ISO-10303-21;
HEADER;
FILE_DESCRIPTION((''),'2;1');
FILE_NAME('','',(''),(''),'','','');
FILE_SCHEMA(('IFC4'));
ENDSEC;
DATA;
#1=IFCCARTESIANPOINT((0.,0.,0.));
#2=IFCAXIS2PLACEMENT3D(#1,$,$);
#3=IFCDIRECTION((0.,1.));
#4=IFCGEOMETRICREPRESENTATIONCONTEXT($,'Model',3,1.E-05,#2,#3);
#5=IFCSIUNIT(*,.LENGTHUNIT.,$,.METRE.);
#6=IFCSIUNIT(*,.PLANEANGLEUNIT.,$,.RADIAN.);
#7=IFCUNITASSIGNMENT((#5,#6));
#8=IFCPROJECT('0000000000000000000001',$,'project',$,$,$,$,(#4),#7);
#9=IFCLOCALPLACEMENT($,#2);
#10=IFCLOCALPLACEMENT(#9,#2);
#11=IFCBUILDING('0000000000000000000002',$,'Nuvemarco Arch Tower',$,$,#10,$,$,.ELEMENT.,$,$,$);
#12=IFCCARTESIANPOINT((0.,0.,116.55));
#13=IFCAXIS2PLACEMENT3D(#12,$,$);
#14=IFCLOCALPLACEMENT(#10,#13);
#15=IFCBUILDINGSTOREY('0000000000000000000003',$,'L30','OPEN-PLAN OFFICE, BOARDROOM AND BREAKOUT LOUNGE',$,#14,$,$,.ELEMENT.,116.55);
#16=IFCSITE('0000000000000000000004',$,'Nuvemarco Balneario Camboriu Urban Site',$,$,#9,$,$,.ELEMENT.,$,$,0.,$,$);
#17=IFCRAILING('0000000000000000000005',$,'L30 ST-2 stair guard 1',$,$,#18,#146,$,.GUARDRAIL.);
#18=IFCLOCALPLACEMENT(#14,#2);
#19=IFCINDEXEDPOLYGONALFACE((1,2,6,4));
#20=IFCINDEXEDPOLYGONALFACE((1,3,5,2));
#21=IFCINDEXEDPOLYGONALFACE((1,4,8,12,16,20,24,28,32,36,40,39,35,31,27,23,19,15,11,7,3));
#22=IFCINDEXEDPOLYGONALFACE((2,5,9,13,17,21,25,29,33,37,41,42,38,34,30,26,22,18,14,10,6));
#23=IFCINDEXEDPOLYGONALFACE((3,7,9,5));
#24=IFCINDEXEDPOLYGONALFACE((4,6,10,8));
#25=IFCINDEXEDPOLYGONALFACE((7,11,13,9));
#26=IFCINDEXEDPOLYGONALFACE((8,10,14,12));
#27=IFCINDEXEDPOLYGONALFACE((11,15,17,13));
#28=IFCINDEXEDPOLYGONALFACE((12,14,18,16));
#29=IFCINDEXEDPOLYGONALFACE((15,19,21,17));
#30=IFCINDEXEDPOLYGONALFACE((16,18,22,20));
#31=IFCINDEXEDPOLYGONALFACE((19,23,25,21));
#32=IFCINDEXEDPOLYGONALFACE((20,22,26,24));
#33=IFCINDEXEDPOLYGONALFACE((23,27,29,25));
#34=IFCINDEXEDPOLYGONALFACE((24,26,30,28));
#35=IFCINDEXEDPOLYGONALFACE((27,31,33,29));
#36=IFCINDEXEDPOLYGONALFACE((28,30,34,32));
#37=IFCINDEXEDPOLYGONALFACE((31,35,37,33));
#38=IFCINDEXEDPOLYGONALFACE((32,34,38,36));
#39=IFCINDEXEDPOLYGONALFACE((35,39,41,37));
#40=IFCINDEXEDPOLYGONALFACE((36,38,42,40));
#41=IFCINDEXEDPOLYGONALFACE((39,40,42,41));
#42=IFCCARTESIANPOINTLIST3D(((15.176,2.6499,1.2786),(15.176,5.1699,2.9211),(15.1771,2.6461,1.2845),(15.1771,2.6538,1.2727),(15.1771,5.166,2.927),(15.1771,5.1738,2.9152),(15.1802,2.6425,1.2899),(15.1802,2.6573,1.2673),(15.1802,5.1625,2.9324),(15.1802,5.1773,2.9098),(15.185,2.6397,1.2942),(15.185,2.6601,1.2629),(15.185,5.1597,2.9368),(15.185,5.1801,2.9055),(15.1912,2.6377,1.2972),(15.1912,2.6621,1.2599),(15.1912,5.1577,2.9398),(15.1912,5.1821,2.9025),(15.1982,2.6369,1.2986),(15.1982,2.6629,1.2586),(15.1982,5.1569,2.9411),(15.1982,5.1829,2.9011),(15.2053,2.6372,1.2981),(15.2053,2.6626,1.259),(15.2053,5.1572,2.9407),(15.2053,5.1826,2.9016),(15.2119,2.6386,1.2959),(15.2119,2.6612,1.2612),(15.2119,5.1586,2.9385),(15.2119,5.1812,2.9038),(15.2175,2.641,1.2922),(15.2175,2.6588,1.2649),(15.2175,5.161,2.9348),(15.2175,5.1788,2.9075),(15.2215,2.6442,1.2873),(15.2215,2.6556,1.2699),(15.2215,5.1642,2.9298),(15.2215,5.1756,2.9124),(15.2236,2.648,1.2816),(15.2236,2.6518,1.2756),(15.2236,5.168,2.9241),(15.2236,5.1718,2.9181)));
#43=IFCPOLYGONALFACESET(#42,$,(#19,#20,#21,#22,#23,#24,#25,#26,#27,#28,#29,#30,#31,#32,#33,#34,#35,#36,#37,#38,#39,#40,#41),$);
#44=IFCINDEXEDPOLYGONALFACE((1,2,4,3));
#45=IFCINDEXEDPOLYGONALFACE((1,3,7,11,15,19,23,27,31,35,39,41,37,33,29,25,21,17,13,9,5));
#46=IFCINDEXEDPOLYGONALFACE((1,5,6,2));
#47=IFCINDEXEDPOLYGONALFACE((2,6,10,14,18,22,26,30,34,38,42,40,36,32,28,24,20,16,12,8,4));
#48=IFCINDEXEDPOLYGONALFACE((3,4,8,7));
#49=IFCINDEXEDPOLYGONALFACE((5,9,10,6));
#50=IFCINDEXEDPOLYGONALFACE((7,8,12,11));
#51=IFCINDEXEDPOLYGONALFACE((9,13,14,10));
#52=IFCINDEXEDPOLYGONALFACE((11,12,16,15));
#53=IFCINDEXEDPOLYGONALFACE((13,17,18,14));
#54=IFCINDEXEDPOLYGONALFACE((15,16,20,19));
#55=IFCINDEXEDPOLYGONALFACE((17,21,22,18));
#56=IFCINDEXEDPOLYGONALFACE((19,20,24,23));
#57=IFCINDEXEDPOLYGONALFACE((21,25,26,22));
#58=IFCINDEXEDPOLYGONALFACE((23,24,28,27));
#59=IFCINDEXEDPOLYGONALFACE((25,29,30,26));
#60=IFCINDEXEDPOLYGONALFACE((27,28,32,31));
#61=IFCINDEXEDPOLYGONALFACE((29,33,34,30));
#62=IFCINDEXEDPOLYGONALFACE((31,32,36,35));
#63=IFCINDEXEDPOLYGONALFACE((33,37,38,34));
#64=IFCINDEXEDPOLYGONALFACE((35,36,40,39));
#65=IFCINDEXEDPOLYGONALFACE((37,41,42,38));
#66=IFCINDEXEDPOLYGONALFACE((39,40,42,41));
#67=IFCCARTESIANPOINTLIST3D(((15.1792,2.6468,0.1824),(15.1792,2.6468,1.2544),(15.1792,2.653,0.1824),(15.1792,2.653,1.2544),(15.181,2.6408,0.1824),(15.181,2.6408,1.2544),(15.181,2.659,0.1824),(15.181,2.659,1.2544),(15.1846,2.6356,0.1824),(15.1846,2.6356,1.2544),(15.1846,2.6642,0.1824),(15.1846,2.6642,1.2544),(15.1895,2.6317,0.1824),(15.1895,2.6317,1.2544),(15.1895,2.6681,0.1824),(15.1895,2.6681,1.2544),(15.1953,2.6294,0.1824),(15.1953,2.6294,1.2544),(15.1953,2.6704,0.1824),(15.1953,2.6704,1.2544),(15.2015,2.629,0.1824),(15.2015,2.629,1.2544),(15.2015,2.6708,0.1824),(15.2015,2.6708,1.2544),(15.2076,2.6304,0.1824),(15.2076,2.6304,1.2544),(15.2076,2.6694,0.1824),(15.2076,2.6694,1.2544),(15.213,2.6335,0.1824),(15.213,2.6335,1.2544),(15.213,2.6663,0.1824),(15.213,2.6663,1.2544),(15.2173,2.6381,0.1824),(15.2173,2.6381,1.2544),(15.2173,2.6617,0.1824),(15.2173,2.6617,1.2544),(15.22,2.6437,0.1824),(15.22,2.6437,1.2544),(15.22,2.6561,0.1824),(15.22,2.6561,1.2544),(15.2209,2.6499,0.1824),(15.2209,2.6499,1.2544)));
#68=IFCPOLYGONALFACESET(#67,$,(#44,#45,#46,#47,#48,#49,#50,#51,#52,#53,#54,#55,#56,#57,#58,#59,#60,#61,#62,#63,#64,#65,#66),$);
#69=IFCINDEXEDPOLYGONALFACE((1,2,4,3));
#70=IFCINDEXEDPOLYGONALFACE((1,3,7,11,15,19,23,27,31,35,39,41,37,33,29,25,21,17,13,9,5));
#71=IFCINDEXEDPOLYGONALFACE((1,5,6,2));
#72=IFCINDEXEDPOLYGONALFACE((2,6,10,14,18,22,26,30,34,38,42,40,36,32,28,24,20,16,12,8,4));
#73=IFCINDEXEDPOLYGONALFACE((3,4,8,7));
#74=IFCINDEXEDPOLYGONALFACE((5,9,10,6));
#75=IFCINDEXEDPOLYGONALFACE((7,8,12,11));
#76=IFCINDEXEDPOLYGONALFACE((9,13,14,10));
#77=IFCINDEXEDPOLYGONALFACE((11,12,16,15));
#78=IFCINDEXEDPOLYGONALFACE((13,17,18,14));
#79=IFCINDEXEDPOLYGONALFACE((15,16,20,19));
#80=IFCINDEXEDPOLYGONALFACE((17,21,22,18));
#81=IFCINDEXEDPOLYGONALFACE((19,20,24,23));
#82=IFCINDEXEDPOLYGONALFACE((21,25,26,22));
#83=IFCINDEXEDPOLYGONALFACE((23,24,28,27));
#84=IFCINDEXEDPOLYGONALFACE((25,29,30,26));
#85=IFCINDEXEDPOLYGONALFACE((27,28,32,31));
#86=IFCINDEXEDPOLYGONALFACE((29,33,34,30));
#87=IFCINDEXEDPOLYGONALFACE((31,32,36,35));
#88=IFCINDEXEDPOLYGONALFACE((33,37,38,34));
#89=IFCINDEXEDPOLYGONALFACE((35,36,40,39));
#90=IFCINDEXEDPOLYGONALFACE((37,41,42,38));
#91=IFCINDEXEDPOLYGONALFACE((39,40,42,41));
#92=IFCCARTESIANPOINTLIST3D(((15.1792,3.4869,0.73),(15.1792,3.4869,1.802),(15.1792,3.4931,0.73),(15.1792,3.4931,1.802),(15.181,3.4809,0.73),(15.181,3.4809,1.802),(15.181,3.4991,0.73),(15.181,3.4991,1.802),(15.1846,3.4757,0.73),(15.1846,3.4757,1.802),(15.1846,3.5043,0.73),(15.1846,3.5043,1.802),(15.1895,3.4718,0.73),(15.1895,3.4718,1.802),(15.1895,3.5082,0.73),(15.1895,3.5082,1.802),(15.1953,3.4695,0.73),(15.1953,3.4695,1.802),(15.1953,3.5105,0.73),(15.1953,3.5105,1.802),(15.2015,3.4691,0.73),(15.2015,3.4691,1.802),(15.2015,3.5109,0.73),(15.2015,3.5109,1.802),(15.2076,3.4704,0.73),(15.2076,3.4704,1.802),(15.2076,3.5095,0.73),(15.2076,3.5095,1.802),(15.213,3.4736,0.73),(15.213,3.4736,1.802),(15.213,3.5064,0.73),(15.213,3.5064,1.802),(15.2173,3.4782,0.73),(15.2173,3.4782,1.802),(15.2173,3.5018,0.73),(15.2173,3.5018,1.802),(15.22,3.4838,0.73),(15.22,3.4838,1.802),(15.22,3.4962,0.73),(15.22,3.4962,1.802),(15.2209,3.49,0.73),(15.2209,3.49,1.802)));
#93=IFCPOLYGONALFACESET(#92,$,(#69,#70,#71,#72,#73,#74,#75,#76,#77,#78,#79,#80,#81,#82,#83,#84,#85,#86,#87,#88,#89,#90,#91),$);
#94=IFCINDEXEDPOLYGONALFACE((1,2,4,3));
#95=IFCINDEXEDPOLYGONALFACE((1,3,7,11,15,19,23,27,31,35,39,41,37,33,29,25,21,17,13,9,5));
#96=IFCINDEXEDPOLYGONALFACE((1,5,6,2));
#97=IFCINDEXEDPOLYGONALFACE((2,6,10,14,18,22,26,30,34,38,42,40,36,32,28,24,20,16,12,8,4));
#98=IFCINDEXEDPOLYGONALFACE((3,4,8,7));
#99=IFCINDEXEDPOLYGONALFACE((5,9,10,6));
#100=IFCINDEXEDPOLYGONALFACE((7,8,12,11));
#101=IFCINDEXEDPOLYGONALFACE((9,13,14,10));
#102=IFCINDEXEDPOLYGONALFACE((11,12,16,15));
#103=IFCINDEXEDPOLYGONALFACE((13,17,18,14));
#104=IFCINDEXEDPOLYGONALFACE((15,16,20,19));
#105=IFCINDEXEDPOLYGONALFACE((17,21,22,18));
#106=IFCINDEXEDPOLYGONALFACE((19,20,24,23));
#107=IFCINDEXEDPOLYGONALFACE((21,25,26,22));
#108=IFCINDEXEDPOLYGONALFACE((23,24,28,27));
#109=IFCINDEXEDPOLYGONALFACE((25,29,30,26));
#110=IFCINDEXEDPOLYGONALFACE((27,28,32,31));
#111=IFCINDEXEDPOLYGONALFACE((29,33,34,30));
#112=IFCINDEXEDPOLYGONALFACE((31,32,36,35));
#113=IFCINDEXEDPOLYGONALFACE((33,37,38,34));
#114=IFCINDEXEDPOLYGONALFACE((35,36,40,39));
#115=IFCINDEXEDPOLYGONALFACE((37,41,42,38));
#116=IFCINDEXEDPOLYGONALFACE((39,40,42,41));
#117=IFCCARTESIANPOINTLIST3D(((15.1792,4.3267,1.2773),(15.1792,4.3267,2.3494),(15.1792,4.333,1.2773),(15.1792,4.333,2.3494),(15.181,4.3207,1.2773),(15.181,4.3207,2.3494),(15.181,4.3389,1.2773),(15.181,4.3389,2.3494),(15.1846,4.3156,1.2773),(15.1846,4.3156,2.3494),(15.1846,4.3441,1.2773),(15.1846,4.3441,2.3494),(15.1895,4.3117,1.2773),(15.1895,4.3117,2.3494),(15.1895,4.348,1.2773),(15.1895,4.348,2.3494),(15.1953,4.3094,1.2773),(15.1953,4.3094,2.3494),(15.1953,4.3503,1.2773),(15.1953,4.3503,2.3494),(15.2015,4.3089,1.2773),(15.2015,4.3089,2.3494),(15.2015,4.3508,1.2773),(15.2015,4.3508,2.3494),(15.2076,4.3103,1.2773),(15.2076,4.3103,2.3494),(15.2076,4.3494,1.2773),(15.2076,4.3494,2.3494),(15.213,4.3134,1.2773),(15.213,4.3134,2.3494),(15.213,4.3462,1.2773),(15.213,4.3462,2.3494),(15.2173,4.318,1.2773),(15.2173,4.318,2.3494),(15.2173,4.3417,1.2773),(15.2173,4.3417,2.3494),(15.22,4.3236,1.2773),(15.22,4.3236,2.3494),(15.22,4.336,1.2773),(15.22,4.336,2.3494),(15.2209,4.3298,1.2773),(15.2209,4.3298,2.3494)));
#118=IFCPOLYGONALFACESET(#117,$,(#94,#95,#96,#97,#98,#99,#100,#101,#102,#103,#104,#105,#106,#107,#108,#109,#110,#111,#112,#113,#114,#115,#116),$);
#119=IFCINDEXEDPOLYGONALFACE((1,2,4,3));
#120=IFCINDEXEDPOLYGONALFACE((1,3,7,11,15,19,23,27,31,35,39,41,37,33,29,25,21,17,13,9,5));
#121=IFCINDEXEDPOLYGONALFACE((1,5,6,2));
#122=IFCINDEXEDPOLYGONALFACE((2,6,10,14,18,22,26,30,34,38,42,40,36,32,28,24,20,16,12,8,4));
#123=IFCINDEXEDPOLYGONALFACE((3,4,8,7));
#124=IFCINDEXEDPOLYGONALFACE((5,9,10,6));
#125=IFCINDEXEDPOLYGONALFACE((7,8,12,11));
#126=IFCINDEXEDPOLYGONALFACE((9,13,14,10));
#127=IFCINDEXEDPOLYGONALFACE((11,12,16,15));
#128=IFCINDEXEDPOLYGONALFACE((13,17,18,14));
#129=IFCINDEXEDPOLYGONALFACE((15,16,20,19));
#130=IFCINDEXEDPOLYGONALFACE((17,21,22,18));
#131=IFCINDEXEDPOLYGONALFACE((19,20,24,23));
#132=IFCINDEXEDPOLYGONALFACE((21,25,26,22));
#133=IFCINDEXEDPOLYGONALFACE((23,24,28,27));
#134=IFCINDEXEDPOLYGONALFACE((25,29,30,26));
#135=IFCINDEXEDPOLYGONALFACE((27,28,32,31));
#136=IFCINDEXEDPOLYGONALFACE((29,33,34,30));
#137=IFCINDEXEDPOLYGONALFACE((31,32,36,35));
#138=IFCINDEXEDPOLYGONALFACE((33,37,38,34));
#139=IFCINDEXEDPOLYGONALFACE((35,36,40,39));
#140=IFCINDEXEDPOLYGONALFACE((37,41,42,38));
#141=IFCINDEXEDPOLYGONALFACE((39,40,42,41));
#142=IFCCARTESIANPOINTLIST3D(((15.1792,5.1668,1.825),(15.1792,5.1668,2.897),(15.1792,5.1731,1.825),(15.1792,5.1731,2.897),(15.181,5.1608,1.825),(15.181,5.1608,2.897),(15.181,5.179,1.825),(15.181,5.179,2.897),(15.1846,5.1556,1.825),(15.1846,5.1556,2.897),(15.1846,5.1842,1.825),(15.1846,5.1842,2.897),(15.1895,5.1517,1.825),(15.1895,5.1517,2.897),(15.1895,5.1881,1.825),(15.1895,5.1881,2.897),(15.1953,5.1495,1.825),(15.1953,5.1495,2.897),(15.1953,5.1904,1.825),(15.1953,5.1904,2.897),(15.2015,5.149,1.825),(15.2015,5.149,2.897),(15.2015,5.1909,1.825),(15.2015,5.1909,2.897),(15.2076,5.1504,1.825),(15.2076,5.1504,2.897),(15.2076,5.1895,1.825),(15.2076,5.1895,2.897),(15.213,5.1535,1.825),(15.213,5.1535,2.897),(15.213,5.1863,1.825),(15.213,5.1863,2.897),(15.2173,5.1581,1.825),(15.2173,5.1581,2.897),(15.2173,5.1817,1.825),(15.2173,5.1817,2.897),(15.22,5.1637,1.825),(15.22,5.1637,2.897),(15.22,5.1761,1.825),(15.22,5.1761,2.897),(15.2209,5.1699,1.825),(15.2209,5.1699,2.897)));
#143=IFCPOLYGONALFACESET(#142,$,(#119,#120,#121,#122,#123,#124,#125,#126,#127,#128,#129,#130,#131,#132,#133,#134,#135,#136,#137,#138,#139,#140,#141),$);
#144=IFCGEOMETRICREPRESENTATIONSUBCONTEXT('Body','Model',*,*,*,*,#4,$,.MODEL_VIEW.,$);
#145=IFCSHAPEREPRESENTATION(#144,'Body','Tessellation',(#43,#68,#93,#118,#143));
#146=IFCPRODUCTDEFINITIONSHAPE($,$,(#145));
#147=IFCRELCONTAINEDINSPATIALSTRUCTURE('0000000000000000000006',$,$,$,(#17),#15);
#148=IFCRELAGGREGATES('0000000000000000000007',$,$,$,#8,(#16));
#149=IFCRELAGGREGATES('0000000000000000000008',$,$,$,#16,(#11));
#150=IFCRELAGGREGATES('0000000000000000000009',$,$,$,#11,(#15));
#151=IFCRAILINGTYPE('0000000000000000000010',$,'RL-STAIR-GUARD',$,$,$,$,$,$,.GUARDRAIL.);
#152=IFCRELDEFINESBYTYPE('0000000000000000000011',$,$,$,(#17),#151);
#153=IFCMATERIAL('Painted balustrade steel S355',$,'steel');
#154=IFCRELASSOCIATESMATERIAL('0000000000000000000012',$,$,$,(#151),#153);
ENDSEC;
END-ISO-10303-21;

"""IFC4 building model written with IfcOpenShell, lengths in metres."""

from ifc_helpers import new_model, si_unit, direction, frame, origin, origin_2d, place, context, subcontext, project, spatial, circle, extrude, material, type_object, element, save


model = new_model("IFC4")

# Units and contexts
model_context = context("Model", 3, precision=1e-05, world=origin(), true_north=direction((0.0, 1.0)))
body_context = subcontext(model_context, "Body", "Model", "MODEL_VIEW")
ifc_project = project(units=[si_unit("LENGTHUNIT", "METRE"), si_unit("PLANEANGLEUNIT", "RADIAN")], contexts=[model_context])

# Site, building, storey
site_placement = place(None, origin())
site = spatial("IfcSite", under=ifc_project, at=site_placement, Name="Nuvemarco Balneario Camboriu Urban Site", CompositionType="ELEMENT", RefElevation=0.0)
building_placement = place(site_placement, origin())
building = spatial("IfcBuilding", under=site, at=building_placement, Name="Nuvemarco Arch Tower", CompositionType="ELEMENT")
storey_placement = place(building_placement, frame((0.0, 0.0, 116.55)))
storey = spatial("IfcBuildingStorey", under=building, at=storey_placement, Name="L30", Description="OPEN-PLAN OFFICE, BOARDROOM AND BREAKOUT LOUNGE", CompositionType="ELEMENT", Elevation=116.55)

# Railing
ifc_material_1 = material(Name="Painted balustrade steel S355", Category="steel")
railing_type_1 = type_object("IfcRailingType", Name="RL-STAIR-GUARD", PredefinedType="GUARDRAIL", material=ifc_material_1)
railing_1_placement = place(storey_placement, frame((15.2, 2.6499, 0.1824)))
element("IfcRailing", 1, at=railing_1_placement, inside=storey, type_object=railing_type_1, Name="L30 ST-2 stair guard 1", PredefinedType="GUARDRAIL", context=body_context, shape_type="SweptSolid", body=[
    extrude(circle(Radius=0.0239, at=origin_2d()), frame((0.0, 0.0, 1.0962), z_axis=(0.0, 0.837749, 0.546055), x_axis=(-1.0, 0.0, 0.0)), (0.0, 0.0, 1.0), 3.0081),
    extrude(circle(Radius=0.021, at=origin_2d()), origin(), (0.0, 0.0, 1.0), 1.072),
    extrude(circle(Radius=0.021, at=origin_2d()), frame((0.0, 0.8401, 0.5476)), (0.0, 0.0, 1.0), 1.072),
    extrude(circle(Radius=0.021, at=origin_2d()), frame((0.0, 1.6799, 1.095)), (0.0, 0.0, 1.0), 1.072),
    extrude(circle(Radius=0.021, at=origin_2d()), frame((0.0, 2.52, 1.6426)), (0.0, 0.0, 1.0), 1.072),
])

save(model, "model.ifc")
